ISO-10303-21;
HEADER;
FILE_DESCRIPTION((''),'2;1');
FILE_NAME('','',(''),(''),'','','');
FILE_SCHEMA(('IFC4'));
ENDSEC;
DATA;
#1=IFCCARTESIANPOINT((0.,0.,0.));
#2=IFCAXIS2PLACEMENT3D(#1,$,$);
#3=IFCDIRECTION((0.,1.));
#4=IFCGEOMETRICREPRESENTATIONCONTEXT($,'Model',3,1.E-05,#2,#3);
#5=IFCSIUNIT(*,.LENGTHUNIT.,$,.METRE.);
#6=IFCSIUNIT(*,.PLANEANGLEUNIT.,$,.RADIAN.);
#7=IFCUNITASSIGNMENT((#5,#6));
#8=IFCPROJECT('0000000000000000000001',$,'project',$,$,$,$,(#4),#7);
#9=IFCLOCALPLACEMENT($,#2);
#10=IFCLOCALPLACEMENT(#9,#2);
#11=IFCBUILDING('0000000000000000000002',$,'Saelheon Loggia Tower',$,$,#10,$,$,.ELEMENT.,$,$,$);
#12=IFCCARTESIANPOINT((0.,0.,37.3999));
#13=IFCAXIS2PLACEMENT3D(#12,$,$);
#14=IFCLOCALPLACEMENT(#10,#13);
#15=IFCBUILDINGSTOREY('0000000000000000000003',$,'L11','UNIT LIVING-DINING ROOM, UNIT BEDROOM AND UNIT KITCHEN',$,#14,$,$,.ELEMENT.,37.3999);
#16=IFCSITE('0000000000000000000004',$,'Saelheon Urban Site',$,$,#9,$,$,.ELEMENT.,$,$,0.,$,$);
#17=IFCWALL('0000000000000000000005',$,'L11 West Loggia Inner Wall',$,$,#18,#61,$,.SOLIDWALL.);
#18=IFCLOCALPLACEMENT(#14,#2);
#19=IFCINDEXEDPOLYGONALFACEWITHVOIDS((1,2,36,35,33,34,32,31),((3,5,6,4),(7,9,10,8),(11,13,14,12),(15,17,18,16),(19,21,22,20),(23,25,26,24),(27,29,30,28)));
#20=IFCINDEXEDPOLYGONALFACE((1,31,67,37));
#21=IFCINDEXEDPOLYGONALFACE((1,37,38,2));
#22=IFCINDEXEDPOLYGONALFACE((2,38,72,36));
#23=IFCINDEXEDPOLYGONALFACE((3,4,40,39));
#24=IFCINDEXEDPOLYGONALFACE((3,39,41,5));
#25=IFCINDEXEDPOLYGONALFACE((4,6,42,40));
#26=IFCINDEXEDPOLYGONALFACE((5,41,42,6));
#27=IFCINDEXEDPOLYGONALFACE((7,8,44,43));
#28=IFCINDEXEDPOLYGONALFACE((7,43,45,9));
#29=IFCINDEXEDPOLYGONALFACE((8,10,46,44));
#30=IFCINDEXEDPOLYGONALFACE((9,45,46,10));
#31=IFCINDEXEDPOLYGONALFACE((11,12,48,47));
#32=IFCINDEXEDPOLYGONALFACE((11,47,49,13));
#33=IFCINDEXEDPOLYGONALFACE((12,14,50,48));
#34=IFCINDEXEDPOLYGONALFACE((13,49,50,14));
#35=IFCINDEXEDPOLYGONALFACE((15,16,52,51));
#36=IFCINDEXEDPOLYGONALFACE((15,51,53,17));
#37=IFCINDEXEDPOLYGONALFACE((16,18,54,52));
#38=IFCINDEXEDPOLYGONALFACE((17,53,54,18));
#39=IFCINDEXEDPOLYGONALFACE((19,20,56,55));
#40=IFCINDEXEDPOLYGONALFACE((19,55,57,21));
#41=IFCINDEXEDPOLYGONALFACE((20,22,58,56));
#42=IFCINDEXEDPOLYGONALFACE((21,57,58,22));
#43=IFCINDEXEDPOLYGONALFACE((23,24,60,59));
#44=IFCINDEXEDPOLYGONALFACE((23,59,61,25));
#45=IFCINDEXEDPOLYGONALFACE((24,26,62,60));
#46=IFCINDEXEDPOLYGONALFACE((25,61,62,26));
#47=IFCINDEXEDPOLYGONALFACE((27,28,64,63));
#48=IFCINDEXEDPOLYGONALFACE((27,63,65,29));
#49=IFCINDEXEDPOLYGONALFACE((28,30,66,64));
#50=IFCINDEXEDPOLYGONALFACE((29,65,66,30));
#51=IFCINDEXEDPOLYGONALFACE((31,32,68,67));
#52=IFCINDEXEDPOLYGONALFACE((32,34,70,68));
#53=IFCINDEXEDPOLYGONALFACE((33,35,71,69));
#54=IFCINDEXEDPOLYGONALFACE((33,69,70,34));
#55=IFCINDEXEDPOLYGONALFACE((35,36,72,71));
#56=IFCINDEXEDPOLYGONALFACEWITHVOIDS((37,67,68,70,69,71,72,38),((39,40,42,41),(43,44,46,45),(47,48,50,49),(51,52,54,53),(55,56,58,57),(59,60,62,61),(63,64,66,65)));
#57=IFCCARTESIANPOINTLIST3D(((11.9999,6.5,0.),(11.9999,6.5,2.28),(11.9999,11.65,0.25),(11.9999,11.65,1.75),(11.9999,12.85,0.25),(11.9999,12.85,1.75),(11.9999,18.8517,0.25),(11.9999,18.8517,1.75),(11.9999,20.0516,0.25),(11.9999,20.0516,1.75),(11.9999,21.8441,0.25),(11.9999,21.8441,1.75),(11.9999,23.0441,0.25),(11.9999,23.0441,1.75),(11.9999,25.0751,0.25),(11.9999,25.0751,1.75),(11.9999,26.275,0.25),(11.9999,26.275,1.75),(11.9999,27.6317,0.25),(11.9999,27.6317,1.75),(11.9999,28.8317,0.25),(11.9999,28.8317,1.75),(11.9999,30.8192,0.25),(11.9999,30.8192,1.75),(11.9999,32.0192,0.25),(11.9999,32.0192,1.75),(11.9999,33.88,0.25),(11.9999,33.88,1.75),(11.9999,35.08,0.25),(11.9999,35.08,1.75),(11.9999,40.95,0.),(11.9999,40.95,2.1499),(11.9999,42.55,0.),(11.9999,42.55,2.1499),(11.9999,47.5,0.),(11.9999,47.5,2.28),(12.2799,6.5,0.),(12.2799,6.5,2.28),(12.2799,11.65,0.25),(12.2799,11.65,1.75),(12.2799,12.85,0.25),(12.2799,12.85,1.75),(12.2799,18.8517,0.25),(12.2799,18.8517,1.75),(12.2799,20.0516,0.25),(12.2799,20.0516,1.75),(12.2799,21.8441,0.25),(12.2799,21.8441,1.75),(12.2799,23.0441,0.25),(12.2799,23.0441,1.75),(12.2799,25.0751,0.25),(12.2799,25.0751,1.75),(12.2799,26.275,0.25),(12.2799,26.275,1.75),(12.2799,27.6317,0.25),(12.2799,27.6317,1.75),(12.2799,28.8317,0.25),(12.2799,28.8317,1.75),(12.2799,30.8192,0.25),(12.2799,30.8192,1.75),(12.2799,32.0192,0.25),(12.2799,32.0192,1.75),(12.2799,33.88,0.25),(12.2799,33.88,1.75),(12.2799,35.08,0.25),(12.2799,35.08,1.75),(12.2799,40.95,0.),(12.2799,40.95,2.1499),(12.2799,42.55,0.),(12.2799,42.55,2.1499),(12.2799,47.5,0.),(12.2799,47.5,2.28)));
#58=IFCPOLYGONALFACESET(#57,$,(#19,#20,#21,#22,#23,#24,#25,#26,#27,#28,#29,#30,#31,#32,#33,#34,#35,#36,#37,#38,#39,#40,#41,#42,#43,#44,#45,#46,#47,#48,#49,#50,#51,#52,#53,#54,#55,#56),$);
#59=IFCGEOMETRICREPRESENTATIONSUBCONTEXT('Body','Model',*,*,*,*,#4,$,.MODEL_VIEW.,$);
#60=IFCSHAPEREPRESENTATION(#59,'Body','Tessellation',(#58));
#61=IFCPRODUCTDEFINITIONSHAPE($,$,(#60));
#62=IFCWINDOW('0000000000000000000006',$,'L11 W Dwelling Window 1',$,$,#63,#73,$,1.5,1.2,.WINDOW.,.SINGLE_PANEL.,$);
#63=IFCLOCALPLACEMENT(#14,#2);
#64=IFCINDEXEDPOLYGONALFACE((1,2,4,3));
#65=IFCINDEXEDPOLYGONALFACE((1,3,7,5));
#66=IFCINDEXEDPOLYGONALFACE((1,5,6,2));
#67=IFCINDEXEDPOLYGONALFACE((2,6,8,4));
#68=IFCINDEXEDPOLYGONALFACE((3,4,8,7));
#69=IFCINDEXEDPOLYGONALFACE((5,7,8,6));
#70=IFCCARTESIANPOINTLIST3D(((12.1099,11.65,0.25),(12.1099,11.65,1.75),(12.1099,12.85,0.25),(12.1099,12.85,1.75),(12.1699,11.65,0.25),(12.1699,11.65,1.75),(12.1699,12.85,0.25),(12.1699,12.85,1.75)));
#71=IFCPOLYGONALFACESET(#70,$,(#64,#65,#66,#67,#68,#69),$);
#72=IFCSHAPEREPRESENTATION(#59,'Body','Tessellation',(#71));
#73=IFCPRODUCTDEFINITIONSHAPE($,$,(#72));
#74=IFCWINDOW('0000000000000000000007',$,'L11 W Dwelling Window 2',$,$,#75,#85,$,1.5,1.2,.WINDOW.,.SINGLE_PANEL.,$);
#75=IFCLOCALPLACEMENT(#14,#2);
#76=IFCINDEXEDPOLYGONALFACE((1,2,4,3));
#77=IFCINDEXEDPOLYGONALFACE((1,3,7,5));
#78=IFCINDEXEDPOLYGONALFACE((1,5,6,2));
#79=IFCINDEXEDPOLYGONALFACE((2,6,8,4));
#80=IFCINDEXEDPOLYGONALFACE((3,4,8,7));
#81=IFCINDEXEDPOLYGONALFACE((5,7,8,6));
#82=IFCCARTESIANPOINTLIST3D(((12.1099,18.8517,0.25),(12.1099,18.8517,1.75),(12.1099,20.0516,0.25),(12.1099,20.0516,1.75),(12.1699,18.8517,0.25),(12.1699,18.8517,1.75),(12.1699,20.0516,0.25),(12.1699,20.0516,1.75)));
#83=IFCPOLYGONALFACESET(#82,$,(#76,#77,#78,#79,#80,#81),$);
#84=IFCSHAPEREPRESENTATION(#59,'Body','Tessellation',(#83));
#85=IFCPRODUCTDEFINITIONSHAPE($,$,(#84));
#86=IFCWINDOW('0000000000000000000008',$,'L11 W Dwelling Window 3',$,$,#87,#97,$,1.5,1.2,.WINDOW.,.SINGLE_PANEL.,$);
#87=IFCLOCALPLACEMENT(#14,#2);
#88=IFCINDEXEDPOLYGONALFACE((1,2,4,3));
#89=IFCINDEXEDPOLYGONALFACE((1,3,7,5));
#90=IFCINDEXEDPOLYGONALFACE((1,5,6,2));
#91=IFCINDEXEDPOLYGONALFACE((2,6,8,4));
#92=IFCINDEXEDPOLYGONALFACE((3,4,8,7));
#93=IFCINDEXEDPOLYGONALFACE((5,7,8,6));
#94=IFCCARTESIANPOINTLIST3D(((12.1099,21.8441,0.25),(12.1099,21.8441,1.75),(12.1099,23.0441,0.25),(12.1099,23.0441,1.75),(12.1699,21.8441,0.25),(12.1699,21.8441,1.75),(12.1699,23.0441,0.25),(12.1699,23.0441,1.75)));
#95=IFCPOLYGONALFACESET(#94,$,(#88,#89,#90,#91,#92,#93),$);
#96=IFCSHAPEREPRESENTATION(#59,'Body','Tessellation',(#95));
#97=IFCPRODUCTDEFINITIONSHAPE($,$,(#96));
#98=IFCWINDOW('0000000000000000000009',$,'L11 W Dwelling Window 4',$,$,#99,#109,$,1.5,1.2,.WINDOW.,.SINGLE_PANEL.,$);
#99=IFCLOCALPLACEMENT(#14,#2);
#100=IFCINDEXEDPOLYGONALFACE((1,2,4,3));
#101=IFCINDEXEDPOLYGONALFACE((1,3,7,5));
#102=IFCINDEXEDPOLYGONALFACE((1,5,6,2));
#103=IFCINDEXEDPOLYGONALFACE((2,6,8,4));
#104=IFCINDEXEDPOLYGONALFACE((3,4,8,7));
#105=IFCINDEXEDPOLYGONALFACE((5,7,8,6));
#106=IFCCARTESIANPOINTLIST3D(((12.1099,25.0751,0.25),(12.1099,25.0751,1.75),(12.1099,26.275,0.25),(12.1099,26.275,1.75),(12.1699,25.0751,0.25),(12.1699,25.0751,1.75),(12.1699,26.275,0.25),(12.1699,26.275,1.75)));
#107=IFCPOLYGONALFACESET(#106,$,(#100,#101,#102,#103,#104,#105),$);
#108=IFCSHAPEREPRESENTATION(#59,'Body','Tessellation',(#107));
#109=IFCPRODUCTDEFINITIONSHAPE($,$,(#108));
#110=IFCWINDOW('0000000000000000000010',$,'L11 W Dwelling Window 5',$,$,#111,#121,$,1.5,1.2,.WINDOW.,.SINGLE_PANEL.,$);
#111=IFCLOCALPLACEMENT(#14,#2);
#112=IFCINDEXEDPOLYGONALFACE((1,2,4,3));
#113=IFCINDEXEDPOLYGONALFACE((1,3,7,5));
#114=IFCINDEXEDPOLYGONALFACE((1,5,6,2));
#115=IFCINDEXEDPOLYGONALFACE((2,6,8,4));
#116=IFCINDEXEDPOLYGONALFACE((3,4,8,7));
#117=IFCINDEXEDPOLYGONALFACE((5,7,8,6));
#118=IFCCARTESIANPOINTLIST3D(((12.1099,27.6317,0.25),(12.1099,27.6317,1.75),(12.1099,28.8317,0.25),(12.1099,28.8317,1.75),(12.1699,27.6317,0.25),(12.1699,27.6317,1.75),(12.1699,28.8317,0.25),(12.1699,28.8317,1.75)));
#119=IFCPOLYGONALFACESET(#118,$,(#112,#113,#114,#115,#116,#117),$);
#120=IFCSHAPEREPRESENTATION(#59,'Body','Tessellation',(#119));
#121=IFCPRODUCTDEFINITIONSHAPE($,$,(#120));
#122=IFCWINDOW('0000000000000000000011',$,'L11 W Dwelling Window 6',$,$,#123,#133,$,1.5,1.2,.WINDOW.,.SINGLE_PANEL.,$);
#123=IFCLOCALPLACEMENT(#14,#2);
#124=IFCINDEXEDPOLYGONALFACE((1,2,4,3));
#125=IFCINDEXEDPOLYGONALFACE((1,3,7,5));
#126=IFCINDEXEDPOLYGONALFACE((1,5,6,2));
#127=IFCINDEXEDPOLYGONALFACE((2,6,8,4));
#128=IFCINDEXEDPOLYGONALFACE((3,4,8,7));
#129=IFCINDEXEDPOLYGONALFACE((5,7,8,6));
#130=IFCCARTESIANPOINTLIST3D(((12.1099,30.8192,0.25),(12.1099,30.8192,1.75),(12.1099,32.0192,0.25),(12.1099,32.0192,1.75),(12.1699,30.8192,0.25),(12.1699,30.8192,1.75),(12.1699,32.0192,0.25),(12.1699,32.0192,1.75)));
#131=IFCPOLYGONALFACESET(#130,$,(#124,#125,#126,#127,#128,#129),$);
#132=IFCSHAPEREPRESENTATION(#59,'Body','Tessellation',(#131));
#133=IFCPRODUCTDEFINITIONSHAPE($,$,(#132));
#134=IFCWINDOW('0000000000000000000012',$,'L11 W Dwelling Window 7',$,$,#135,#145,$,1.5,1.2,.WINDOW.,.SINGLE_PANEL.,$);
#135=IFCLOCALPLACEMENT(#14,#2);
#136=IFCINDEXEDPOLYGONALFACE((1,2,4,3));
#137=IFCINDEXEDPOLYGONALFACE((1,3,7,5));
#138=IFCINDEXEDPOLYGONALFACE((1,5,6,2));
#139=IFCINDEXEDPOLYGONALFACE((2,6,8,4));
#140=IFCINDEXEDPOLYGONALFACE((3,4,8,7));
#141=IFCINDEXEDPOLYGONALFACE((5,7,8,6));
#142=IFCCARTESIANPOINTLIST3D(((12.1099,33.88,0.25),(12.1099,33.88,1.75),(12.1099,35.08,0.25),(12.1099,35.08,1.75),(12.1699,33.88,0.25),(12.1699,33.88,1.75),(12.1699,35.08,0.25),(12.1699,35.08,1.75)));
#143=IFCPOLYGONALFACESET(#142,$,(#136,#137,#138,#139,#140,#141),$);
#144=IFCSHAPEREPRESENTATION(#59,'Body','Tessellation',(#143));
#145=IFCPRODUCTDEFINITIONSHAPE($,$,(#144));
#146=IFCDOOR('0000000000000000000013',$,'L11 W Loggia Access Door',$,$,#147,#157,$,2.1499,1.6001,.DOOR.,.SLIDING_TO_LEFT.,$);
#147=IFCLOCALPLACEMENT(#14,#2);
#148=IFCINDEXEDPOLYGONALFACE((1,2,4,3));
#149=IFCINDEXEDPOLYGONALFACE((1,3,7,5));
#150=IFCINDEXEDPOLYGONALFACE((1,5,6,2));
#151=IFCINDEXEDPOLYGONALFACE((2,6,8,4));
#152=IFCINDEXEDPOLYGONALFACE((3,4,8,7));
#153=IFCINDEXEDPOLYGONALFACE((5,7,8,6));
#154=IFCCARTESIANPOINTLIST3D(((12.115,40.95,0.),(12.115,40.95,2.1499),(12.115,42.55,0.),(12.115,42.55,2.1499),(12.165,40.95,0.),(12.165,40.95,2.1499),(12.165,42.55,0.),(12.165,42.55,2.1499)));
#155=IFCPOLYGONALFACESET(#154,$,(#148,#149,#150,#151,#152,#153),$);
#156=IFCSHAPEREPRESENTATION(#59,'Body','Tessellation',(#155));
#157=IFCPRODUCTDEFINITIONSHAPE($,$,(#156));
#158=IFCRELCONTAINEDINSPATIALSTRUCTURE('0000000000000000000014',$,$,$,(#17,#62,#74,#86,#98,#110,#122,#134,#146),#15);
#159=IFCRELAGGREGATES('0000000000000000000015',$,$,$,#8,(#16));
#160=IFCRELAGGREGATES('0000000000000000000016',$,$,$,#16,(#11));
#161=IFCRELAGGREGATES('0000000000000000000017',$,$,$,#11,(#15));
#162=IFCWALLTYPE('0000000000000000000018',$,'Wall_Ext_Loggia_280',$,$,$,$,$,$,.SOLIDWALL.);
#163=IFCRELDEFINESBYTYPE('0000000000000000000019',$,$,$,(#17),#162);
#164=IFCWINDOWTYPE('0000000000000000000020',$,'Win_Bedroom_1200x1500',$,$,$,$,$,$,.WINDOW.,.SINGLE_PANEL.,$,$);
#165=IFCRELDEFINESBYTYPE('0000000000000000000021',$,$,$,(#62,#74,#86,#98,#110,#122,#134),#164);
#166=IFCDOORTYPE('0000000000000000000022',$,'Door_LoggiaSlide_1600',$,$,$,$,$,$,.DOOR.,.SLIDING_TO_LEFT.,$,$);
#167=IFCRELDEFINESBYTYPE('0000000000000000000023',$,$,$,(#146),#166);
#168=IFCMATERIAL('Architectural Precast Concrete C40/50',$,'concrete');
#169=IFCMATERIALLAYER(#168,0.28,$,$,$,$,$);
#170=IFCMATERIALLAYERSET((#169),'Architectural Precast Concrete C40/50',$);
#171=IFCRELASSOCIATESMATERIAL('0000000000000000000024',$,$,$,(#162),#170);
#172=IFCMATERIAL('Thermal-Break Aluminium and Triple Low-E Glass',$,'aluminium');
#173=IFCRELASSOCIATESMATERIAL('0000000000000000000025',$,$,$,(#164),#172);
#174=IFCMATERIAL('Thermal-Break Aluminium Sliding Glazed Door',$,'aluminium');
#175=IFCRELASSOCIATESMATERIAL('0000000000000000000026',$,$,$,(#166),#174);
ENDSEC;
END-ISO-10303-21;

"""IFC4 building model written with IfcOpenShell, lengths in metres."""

from ifc_helpers import new_model, si_unit, direction, frame, frame_2d, origin, place, context, subcontext, project, spatial, rectangle, extrude, source, transform, mapped, material, layer, layer_set, type_object, element, fill, save


model = new_model("IFC4")

# Units and contexts
model_context = context("Model", 3, precision=1e-05, world=origin(), true_north=direction((0.0, 1.0)))
body_context = subcontext(model_context, "Body", "Model", "MODEL_VIEW")
ifc_project = project(units=[si_unit("LENGTHUNIT", "METRE"), si_unit("PLANEANGLEUNIT", "RADIAN")], contexts=[model_context])

# Site, building, storey
site_placement = place(None, origin())
site = spatial("IfcSite", under=ifc_project, at=site_placement, Name="Saelheon Urban Site", CompositionType="ELEMENT", RefElevation=0.0)
building_placement = place(site_placement, origin())
building = spatial("IfcBuilding", under=site, at=building_placement, Name="Saelheon Loggia Tower", CompositionType="ELEMENT")
storey_placement = place(building_placement, frame((0.0, 0.0, 37.3999)))
storey = spatial("IfcBuildingStorey", under=building, at=storey_placement, Name="L11", Description="UNIT LIVING-DINING ROOM, UNIT BEDROOM AND UNIT KITCHEN", CompositionType="ELEMENT", Elevation=37.3999)

# Wall, openings, windows, door
ifc_material_1 = material(Name="Architectural Precast Concrete C40/50", Category="concrete")
ifc_layer_1 = layer(ifc_material_1, 0.28)
ifc_layer_set_1 = layer_set([ifc_layer_1], Name="Architectural Precast Concrete C40/50")
wall_type_1 = type_object("IfcWallType", Name="Wall_Ext_Loggia_280", PredefinedType="SOLIDWALL", material=ifc_layer_set_1)
wall_1_placement = place(storey_placement, frame((12.1399, 6.5, 0.0), z_axis=(0.0, 0.0, 1.0), x_axis=(0.0, 1.0, 0.0)))
wall_1 = element("IfcWall", 1, at=wall_1_placement, inside=storey, type_object=wall_type_1, Name="L11 West Loggia Inner Wall", PredefinedType="SOLIDWALL", context=body_context, shape_type="SweptSolid", body=[
    extrude(rectangle(XDim=41.0, YDim=0.28, at=frame_2d((20.5, 0.0))), origin(), (0.0, 0.0, 1.0), 2.28),
])
opening_1_placement = place(wall_1_placement, frame((5.1499, 0.0, 0.25)))
opening_1 = element("IfcOpeningElement", 2, at=opening_1_placement, cuts=wall_1, PredefinedType="OPENING", context=body_context, shape_type="SweptSolid", body=[
    extrude(rectangle(XDim=1.2, YDim=1.5, at=frame_2d((0.6001, 0.75))), frame((0.0, 0.1521, 0.0), z_axis=(0.0, -1.0, 0.0), x_axis=(1.0, 0.0, 0.0)), (0.0, 0.0, 1.0), 0.304),
])
opening_2_placement = place(wall_1_placement, frame((12.3516, 0.0, 0.25)))
opening_2 = element("IfcOpeningElement", 3, at=opening_2_placement, cuts=wall_1, PredefinedType="OPENING", context=body_context, shape_type="SweptSolid", body=[
    extrude(rectangle(XDim=1.2, YDim=1.5, at=frame_2d((0.6001, 0.75))), frame((0.0, 0.1521, 0.0), z_axis=(0.0, -1.0, 0.0), x_axis=(1.0, 0.0, 0.0)), (0.0, 0.0, 1.0), 0.304),
])
opening_3_placement = place(wall_1_placement, frame((15.344, 0.0, 0.25)))
opening_3 = element("IfcOpeningElement", 4, at=opening_3_placement, cuts=wall_1, PredefinedType="OPENING", context=body_context, shape_type="SweptSolid", body=[
    extrude(rectangle(XDim=1.2, YDim=1.5, at=frame_2d((0.6001, 0.75))), frame((0.0, 0.1521, 0.0), z_axis=(0.0, -1.0, 0.0), x_axis=(1.0, 0.0, 0.0)), (0.0, 0.0, 1.0), 0.304),
])
opening_4_placement = place(wall_1_placement, frame((18.575, 0.0, 0.25)))
opening_4 = element("IfcOpeningElement", 5, at=opening_4_placement, cuts=wall_1, PredefinedType="OPENING", context=body_context, shape_type="SweptSolid", body=[
    extrude(rectangle(XDim=1.2, YDim=1.5, at=frame_2d((0.6001, 0.75))), frame((0.0, 0.1521, 0.0), z_axis=(0.0, -1.0, 0.0), x_axis=(1.0, 0.0, 0.0)), (0.0, 0.0, 1.0), 0.304),
])
opening_5_placement = place(wall_1_placement, frame((21.1316, 0.0, 0.25)))
opening_5 = element("IfcOpeningElement", 6, at=opening_5_placement, cuts=wall_1, PredefinedType="OPENING", context=body_context, shape_type="SweptSolid", body=[
    extrude(rectangle(XDim=1.2, YDim=1.5, at=frame_2d((0.6001, 0.75))), frame((0.0, 0.1521, 0.0), z_axis=(0.0, -1.0, 0.0), x_axis=(1.0, 0.0, 0.0)), (0.0, 0.0, 1.0), 0.304),
])
opening_6_placement = place(wall_1_placement, frame((24.3191, 0.0, 0.25)))
opening_6 = element("IfcOpeningElement", 7, at=opening_6_placement, cuts=wall_1, PredefinedType="OPENING", context=body_context, shape_type="SweptSolid", body=[
    extrude(rectangle(XDim=1.2, YDim=1.5, at=frame_2d((0.6001, 0.75))), frame((0.0, 0.1521, 0.0), z_axis=(0.0, -1.0, 0.0), x_axis=(1.0, 0.0, 0.0)), (0.0, 0.0, 1.0), 0.304),
])
opening_7_placement = place(wall_1_placement, frame((27.3799, 0.0, 0.25)))
opening_7 = element("IfcOpeningElement", 8, at=opening_7_placement, cuts=wall_1, PredefinedType="OPENING", context=body_context, shape_type="SweptSolid", body=[
    extrude(rectangle(XDim=1.2, YDim=1.5, at=frame_2d((0.6001, 0.75))), frame((0.0, 0.1521, 0.0), z_axis=(0.0, -1.0, 0.0), x_axis=(1.0, 0.0, 0.0)), (0.0, 0.0, 1.0), 0.304),
])
opening_8_placement = place(wall_1_placement, frame((34.45, 0.0, 0.0)))
opening_8 = element("IfcOpeningElement", 9, at=opening_8_placement, cuts=wall_1, PredefinedType="OPENING", context=body_context, shape_type="SweptSolid", body=[
    extrude(rectangle(XDim=1.6001, YDim=2.1499, at=frame_2d((0.8, 1.075))), frame((0.0, 0.1521, 0.0), z_axis=(0.0, -1.0, 0.0), x_axis=(1.0, 0.0, 0.0)), (0.0, 0.0, 1.0), 0.304),
])
ifc_material_2 = material(Name="Thermal-Break Aluminium and Triple Low-E Glass", Category="aluminium")
window_type = type_object("IfcWindowType", Name="Win_Bedroom_1200x1500", PartitioningType="SINGLE_PANEL", PredefinedType="WINDOW", material=ifc_material_2)
shared_shape_1 = source(origin(), body_context, "Body", "SweptSolid", [
    extrude(rectangle(XDim=1.2, YDim=1.5, at=frame_2d((0.6001, 0.75))), frame((0.0, 0.03, 0.0), z_axis=(0.0, -1.0, 0.0), x_axis=(1.0, 0.0, 0.0)), (0.0, 0.0, 1.0), 0.0601),
])
window_1_placement = place(opening_1_placement, origin())
window_1 = element("IfcWindow", 10, at=window_1_placement, inside=storey, type_object=window_type, Name="L11 W Dwelling Window 1", OverallHeight=1.5, OverallWidth=1.2, PartitioningType="SINGLE_PANEL", PredefinedType="WINDOW", context=body_context, shape_type="MappedRepresentation", body=[
    mapped(shared_shape_1, transform((0.0, 0.0, 0.0), scale=1.0)),
])
fill(opening_1, window_1)
window_2_placement = place(opening_2_placement, origin())
window_2 = element("IfcWindow", 11, at=window_2_placement, inside=storey, type_object=window_type, Name="L11 W Dwelling Window 2", OverallHeight=1.5, OverallWidth=1.2, PartitioningType="SINGLE_PANEL", PredefinedType="WINDOW", context=body_context, shape_type="MappedRepresentation", body=[
    mapped(shared_shape_1, transform((0.0, 0.0, 0.0), scale=1.0)),
])
fill(opening_2, window_2)
window_3_placement = place(opening_3_placement, origin())
window_3 = element("IfcWindow", 12, at=window_3_placement, inside=storey, type_object=window_type, Name="L11 W Dwelling Window 3", OverallHeight=1.5, OverallWidth=1.2, PartitioningType="SINGLE_PANEL", PredefinedType="WINDOW", context=body_context, shape_type="MappedRepresentation", body=[
    mapped(shared_shape_1, transform((0.0, 0.0, 0.0), scale=1.0)),
])
fill(opening_3, window_3)
window_4_placement = place(opening_4_placement, origin())
window_4 = element("IfcWindow", 13, at=window_4_placement, inside=storey, type_object=window_type, Name="L11 W Dwelling Window 4", OverallHeight=1.5, OverallWidth=1.2, PartitioningType="SINGLE_PANEL", PredefinedType="WINDOW", context=body_context, shape_type="MappedRepresentation", body=[
    mapped(shared_shape_1, transform((0.0, 0.0, 0.0), scale=1.0)),
])
fill(opening_4, window_4)
window_5_placement = place(opening_5_placement, origin())
window_5 = element("IfcWindow", 14, at=window_5_placement, inside=storey, type_object=window_type, Name="L11 W Dwelling Window 5", OverallHeight=1.5, OverallWidth=1.2, PartitioningType="SINGLE_PANEL", PredefinedType="WINDOW", context=body_context, shape_type="MappedRepresentation", body=[
    mapped(shared_shape_1, transform((0.0, 0.0, 0.0), scale=1.0)),
])
fill(opening_5, window_5)
window_6_placement = place(opening_6_placement, origin())
window_6 = element("IfcWindow", 15, at=window_6_placement, inside=storey, type_object=window_type, Name="L11 W Dwelling Window 6", OverallHeight=1.5, OverallWidth=1.2, PartitioningType="SINGLE_PANEL", PredefinedType="WINDOW", context=body_context, shape_type="MappedRepresentation", body=[
    mapped(shared_shape_1, transform((0.0, 0.0, 0.0), scale=1.0)),
])
fill(opening_6, window_6)
window_7_placement = place(opening_7_placement, origin())
window_7 = element("IfcWindow", 16, at=window_7_placement, inside=storey, type_object=window_type, Name="L11 W Dwelling Window 7", OverallHeight=1.5, OverallWidth=1.2, PartitioningType="SINGLE_PANEL", PredefinedType="WINDOW", context=body_context, shape_type="MappedRepresentation", body=[
    mapped(shared_shape_1, transform((0.0, 0.0, 0.0), scale=1.0)),
])
fill(opening_7, window_7)
ifc_material_3 = material(Name="Thermal-Break Aluminium Sliding Glazed Door", Category="aluminium")
door_type = type_object("IfcDoorType", Name="Door_LoggiaSlide_1600", OperationType="SLIDING_TO_LEFT", PredefinedType="DOOR", material=ifc_material_3)
shared_shape_2 = source(origin(), body_context, "Body", "SweptSolid", [
    extrude(rectangle(XDim=1.6001, YDim=2.1499, at=frame_2d((0.8, 1.075))), frame((0.0, 0.0249, 0.0), z_axis=(0.0, -1.0, 0.0), x_axis=(1.0, 0.0, 0.0)), (0.0, 0.0, 1.0), 0.05),
])
door_placement = place(opening_8_placement, origin())
door = element("IfcDoor", 17, at=door_placement, inside=storey, type_object=door_type, Name="L11 W Loggia Access Door", OperationType="SLIDING_TO_LEFT", OverallHeight=2.1499, OverallWidth=1.6001, PredefinedType="DOOR", context=body_context, shape_type="MappedRepresentation", body=[
    mapped(shared_shape_2, transform((0.0, 0.0, 0.0), scale=1.0)),
])
fill(opening_8, door)

save(model, "model.ifc")
